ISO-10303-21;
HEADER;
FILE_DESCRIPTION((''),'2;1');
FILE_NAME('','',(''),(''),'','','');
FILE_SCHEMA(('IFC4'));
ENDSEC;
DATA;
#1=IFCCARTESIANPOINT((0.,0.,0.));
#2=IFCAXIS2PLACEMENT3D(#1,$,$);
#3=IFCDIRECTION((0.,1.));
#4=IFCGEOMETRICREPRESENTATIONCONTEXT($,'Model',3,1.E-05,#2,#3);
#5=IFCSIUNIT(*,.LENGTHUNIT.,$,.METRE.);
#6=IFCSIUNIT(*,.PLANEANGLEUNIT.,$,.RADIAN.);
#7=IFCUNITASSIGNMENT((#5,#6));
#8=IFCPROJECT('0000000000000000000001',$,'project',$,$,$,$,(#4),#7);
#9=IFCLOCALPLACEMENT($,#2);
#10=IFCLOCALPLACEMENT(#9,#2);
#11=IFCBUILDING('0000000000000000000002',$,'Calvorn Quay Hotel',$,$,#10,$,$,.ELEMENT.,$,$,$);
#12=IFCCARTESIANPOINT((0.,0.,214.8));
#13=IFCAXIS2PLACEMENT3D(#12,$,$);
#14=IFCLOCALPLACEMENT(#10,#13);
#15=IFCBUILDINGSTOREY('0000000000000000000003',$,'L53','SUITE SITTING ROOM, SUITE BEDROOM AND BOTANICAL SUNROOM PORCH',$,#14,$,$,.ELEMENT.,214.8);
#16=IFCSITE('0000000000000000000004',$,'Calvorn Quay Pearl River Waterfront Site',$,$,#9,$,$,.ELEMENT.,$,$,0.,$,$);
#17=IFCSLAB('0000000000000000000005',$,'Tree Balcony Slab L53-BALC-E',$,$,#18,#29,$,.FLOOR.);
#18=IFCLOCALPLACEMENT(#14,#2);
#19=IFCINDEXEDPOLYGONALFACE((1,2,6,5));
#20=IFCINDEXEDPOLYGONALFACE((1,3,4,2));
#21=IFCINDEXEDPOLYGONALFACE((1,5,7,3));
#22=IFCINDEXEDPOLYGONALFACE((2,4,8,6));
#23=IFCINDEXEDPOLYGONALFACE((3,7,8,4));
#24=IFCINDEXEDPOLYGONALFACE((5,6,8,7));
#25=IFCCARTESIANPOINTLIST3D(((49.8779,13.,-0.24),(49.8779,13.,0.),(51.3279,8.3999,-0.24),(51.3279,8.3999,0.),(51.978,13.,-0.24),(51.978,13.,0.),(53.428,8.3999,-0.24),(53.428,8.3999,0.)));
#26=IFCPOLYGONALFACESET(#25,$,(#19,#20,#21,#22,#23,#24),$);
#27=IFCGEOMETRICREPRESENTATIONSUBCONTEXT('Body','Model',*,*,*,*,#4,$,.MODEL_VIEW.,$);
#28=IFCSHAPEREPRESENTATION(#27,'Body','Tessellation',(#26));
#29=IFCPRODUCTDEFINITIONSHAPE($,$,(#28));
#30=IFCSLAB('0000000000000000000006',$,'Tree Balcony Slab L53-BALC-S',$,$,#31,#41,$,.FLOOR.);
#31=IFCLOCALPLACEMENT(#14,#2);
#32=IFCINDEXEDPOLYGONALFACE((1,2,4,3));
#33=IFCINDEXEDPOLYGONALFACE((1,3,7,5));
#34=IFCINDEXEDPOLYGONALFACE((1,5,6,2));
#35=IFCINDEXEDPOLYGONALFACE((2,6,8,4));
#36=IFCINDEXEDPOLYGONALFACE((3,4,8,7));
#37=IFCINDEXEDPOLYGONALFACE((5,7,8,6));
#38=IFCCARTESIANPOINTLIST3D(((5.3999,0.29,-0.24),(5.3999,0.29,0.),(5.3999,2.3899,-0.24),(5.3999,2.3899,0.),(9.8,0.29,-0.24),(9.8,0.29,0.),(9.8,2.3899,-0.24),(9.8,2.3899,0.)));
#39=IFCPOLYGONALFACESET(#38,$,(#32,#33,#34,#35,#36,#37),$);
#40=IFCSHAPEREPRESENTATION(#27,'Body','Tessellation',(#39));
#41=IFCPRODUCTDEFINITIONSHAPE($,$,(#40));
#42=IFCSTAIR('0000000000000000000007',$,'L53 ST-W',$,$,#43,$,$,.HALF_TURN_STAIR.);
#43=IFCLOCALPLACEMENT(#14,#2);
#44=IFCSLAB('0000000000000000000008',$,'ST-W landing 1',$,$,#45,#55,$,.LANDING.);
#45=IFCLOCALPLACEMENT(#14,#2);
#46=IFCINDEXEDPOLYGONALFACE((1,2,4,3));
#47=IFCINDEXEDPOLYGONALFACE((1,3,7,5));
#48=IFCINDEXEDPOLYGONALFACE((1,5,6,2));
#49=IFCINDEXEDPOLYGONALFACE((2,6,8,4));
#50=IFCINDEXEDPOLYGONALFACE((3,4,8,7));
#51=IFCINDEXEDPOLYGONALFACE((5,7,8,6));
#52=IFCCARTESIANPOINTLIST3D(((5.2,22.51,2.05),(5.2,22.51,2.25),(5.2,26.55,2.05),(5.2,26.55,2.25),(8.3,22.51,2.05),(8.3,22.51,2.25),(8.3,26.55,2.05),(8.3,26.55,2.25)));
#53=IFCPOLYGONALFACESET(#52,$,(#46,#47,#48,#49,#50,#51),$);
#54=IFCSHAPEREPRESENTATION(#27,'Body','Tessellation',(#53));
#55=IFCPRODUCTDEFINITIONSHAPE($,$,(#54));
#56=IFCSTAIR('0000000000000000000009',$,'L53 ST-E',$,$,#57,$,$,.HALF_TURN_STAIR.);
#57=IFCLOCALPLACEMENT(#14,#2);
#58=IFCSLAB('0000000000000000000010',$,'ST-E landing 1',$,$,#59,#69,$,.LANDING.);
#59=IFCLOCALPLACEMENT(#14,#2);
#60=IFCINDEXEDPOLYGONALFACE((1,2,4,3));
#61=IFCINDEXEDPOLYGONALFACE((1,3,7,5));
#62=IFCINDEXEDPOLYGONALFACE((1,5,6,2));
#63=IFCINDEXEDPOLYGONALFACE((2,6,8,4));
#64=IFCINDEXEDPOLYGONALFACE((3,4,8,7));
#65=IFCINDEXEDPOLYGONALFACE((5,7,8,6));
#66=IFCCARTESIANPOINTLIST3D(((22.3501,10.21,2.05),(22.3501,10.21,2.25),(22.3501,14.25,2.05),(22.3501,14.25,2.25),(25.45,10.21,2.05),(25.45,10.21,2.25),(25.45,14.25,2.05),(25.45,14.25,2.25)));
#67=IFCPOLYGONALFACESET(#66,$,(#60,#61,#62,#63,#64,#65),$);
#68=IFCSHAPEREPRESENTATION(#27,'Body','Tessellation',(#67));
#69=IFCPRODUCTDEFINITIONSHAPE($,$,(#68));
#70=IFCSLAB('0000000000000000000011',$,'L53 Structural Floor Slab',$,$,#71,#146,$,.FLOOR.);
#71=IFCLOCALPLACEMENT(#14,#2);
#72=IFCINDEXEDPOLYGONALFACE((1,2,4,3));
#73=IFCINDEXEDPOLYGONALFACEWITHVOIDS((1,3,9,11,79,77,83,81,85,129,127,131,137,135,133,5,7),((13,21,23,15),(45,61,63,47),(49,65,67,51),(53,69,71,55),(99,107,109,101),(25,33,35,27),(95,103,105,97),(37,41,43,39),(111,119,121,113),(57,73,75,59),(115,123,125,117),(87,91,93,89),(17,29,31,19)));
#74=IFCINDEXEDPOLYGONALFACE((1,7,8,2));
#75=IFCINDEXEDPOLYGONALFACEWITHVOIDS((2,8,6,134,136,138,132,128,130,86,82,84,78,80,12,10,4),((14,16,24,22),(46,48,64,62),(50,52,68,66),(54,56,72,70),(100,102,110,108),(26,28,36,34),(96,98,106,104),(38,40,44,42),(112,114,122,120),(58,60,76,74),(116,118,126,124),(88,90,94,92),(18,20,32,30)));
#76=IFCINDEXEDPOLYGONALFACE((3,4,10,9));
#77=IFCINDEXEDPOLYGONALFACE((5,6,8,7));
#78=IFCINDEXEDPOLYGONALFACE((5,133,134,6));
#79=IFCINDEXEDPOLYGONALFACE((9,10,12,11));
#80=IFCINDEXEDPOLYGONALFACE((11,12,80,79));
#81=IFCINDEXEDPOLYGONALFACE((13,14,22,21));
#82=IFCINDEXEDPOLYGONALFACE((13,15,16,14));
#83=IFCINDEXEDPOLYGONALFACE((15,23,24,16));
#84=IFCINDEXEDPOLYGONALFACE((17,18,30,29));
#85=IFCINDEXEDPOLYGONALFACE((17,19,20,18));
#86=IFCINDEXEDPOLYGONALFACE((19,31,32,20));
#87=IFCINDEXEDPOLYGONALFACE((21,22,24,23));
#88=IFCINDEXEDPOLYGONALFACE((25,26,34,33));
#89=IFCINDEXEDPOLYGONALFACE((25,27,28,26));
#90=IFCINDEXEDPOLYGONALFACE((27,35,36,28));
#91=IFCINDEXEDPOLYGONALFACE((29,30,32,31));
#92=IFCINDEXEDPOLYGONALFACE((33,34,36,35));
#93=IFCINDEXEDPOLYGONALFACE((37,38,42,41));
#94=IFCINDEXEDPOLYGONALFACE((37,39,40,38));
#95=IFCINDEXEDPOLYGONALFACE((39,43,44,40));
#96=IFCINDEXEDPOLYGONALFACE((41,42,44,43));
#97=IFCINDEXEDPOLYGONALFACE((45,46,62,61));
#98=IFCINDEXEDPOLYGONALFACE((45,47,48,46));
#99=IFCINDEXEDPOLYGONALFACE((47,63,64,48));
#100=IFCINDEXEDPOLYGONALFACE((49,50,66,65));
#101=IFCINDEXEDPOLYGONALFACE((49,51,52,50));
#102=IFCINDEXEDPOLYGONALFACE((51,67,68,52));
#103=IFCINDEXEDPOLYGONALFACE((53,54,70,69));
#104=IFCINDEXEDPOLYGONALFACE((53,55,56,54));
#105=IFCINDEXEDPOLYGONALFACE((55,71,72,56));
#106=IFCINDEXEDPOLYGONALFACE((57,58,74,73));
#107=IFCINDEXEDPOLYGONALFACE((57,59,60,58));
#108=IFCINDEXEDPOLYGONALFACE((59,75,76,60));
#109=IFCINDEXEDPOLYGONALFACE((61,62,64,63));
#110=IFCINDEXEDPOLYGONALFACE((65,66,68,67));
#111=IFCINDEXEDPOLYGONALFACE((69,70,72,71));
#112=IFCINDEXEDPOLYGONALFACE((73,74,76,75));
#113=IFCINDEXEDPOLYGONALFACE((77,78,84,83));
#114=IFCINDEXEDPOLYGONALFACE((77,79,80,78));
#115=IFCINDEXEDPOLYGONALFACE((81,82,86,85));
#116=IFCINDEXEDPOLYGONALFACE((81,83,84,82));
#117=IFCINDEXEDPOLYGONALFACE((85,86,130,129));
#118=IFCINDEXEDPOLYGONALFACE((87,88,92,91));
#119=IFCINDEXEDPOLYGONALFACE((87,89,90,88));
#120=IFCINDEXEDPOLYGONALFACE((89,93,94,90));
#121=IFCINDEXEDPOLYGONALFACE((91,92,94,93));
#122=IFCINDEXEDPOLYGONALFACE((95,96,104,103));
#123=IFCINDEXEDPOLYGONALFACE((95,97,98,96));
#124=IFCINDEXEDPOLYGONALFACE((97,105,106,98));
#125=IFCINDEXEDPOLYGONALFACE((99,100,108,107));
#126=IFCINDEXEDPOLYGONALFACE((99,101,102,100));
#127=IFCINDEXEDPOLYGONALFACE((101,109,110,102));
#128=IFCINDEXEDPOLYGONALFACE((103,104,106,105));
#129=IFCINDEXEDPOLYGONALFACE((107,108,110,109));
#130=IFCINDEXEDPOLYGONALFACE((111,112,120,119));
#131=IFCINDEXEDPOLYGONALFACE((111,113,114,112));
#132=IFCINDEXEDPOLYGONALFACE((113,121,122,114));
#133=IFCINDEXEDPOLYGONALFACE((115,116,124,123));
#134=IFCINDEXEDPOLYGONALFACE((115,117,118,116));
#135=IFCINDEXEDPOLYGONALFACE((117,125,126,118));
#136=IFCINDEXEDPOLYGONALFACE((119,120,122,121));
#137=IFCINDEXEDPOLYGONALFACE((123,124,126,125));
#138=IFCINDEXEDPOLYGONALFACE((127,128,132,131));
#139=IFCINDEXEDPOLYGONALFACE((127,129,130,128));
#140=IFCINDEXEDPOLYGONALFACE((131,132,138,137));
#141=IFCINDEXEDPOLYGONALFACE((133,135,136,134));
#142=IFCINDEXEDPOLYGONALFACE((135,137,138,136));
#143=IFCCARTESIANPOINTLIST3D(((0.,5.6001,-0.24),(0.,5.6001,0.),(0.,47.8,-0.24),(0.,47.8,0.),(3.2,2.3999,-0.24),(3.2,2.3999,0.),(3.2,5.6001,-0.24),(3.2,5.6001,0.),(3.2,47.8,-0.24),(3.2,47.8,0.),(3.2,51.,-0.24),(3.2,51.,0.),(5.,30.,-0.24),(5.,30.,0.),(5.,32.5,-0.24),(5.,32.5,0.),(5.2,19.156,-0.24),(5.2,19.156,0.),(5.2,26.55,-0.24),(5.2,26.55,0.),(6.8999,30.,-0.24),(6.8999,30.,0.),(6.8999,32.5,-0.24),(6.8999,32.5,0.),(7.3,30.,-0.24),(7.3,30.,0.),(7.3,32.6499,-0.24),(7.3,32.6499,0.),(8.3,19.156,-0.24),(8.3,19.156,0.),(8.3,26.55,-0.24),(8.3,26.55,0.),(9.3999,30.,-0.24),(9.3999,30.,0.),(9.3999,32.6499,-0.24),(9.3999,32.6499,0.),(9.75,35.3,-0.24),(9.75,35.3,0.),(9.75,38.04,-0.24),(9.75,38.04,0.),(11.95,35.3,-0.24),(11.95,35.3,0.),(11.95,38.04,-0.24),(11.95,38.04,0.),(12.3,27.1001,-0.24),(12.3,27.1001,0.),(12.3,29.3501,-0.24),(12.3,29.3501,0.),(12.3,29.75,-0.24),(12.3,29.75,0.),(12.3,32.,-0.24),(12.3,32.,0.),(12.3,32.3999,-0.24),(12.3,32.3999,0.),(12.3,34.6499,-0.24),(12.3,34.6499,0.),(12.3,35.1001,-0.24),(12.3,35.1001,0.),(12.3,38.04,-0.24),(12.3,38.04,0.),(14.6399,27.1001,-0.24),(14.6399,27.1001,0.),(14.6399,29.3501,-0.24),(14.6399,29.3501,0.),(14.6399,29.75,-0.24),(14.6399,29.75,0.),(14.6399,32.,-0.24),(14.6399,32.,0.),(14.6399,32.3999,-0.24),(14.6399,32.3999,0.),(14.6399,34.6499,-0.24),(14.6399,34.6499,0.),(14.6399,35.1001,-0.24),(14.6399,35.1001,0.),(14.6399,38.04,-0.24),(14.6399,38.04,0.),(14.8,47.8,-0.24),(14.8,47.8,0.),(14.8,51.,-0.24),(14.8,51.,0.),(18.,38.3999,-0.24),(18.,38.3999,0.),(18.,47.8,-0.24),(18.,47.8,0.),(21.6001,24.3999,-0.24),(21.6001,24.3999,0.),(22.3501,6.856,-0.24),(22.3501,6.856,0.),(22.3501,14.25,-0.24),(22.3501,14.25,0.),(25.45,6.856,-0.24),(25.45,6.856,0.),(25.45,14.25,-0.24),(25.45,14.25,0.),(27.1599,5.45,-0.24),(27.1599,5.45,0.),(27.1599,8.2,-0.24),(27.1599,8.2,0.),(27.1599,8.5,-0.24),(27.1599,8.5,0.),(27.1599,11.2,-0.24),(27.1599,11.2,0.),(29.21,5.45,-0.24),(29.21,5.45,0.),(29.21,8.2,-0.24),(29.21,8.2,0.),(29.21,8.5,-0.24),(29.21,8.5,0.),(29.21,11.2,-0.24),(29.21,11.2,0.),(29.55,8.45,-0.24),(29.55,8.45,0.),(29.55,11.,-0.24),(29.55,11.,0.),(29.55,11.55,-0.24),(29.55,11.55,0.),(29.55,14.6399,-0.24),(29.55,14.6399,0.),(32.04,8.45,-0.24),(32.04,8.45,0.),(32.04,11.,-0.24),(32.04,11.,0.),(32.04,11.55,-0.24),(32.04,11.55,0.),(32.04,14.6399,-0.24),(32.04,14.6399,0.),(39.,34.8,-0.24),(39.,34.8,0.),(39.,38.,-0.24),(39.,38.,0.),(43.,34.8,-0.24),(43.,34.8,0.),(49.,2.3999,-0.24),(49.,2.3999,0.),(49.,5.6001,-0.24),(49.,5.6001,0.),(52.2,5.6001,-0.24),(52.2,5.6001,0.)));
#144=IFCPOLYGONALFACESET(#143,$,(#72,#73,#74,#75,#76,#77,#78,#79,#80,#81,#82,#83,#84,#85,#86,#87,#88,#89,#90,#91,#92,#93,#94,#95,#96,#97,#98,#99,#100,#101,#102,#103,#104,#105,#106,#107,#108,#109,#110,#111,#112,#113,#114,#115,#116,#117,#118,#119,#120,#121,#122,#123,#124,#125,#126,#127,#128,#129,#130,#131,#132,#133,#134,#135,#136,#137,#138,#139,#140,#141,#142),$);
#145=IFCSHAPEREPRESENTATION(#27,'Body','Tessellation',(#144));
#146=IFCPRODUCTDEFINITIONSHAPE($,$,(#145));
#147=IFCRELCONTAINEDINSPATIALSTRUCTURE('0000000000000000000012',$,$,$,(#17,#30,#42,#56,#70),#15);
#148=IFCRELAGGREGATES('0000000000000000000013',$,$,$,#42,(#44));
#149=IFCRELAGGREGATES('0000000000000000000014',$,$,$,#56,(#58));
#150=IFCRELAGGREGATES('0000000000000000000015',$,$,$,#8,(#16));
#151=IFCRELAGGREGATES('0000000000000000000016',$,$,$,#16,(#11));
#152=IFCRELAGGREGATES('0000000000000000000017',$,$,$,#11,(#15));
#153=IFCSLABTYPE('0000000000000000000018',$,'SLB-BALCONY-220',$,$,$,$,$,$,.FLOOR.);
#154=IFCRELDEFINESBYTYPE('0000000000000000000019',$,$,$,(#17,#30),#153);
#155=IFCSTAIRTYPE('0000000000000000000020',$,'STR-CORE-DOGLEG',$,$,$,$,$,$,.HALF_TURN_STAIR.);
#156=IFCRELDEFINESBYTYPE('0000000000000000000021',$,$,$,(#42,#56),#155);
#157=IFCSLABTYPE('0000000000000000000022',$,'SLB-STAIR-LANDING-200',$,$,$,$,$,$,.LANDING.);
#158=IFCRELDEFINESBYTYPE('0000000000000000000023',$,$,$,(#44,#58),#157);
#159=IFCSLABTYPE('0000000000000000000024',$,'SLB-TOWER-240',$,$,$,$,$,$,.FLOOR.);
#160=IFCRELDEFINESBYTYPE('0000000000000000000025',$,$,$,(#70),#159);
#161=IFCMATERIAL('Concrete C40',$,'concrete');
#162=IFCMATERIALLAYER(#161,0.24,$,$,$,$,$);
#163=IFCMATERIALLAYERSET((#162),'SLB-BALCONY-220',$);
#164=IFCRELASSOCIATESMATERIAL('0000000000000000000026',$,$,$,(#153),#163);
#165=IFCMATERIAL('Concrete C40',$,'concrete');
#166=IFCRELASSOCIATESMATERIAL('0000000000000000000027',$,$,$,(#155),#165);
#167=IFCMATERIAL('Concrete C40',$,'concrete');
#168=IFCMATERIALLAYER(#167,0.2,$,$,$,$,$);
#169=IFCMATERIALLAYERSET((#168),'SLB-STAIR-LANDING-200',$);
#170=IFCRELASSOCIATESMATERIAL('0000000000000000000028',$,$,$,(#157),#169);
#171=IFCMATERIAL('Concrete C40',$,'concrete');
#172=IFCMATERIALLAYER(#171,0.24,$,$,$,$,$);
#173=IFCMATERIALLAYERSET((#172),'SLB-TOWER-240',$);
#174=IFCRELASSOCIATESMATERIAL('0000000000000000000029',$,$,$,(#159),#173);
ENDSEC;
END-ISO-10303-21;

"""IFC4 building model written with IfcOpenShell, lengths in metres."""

from ifc_helpers import new_model, si_unit, direction, frame, origin, place, context, subcontext, project, spatial, polyline, outline, extrude, material, layer, layer_set, type_object, element, aggregate, save


model = new_model("IFC4")

# Units and contexts
model_context = context("Model", 3, precision=1e-05, world=origin(), true_north=direction((0.0, 1.0)))
body_context = subcontext(model_context, "Body", "Model", "MODEL_VIEW")
ifc_project = project(units=[si_unit("LENGTHUNIT", "METRE"), si_unit("PLANEANGLEUNIT", "RADIAN")], contexts=[model_context])

# Site, building, storey
site_placement = place(None, origin())
site = spatial("IfcSite", under=ifc_project, at=site_placement, Name="Calvorn Quay Pearl River Waterfront Site", CompositionType="ELEMENT", RefElevation=0.0)
building_placement = place(site_placement, origin())
building = spatial("IfcBuilding", under=site, at=building_placement, Name="Calvorn Quay Hotel", CompositionType="ELEMENT")
storey_placement = place(building_placement, frame((0.0, 0.0, 214.8)))
storey = spatial("IfcBuildingStorey", under=building, at=storey_placement, Name="L53", Description="SUITE SITTING ROOM, SUITE BEDROOM AND BOTANICAL SUNROOM PORCH", CompositionType="ELEMENT", Elevation=214.8)

# Slabs
ifc_material_1 = material(Name="Concrete C40", Category="concrete")
ifc_layer_1 = layer(ifc_material_1, 0.24)
ifc_layer_set_1 = layer_set([ifc_layer_1], Name="SLB-BALCONY-220")
slab_type_1 = type_object("IfcSlabType", Name="SLB-BALCONY-220", PredefinedType="FLOOR", material=ifc_layer_set_1)
slab_1_placement = place(storey_placement, frame((0.0, 0.0, -0.24)))
element("IfcSlab", 1, at=slab_1_placement, inside=storey, type_object=slab_type_1, Name="Tree Balcony Slab L53-BALC-E", PredefinedType="FLOOR", context=body_context, shape_type="SweptSolid", body=[
    extrude(outline(polyline([(51.3279, 8.3999), (53.428, 8.3999), (51.978, 13.0), (49.8779, 13.0), (51.3279, 8.3999)])), origin(), (0.0, 0.0, 1.0), 0.24),
])
slab_2_placement = place(storey_placement, frame((0.0, 0.0, -0.24)))
element("IfcSlab", 2, at=slab_2_placement, inside=storey, type_object=slab_type_1, Name="Tree Balcony Slab L53-BALC-S", PredefinedType="FLOOR", context=body_context, shape_type="SweptSolid", body=[
    extrude(outline(polyline([(5.3999, 0.29), (9.8, 0.29), (9.8, 2.3899), (5.3999, 2.3899), (5.3999, 0.29)])), origin(), (0.0, 0.0, 1.0), 0.24),
])

# Stairs, slabs
ifc_material_2 = material(Name="Concrete C40", Category="concrete")
stair_type = type_object("IfcStairType", Name="STR-CORE-DOGLEG", PredefinedType="HALF_TURN_STAIR", material=ifc_material_2)
stair_1_placement = place(storey_placement, origin())
stair_1 = element("IfcStair", 3, at=stair_1_placement, inside=storey, type_object=stair_type, Name="L53 ST-W", PredefinedType="HALF_TURN_STAIR")
ifc_material_3 = material(Name="Concrete C40", Category="concrete")
ifc_layer_2 = layer(ifc_material_3, 0.2)
ifc_layer_set_2 = layer_set([ifc_layer_2], Name="SLB-STAIR-LANDING-200")
slab_type_2 = type_object("IfcSlabType", Name="SLB-STAIR-LANDING-200", PredefinedType="LANDING", material=ifc_layer_set_2)
slab_3_placement = place(storey_placement, frame((0.0, 0.0, 2.05)))
slab_3 = element("IfcSlab", 4, at=slab_3_placement, type_object=slab_type_2, Name="ST-W landing 1", PredefinedType="LANDING", context=body_context, shape_type="SweptSolid", body=[
    extrude(outline(polyline([(8.3, 22.51), (8.3, 26.55), (5.2, 26.55), (5.2, 22.51), (8.3, 22.51)])), origin(), (0.0, 0.0, 1.0), 0.2),
])
aggregate(stair_1, [slab_3])
stair_2_placement = place(storey_placement, origin())
stair_2 = element("IfcStair", 5, at=stair_2_placement, inside=storey, type_object=stair_type, Name="L53 ST-E", PredefinedType="HALF_TURN_STAIR")
slab_4_placement = place(storey_placement, frame((0.0, 0.0, 2.05)))
slab_4 = element("IfcSlab", 6, at=slab_4_placement, type_object=slab_type_2, Name="ST-E landing 1", PredefinedType="LANDING", context=body_context, shape_type="SweptSolid", body=[
    extrude(outline(polyline([(25.45, 10.21), (25.45, 14.25), (22.3501, 14.25), (22.3501, 10.21), (25.45, 10.21)])), origin(), (0.0, 0.0, 1.0), 0.2),
])
aggregate(stair_2, [slab_4])

# Slab
ifc_material_4 = material(Name="Concrete C40", Category="concrete")
ifc_layer_3 = layer(ifc_material_4, 0.24)
ifc_layer_set_3 = layer_set([ifc_layer_3], Name="SLB-TOWER-240")
slab_type_3 = type_object("IfcSlabType", Name="SLB-TOWER-240", PredefinedType="FLOOR", material=ifc_layer_set_3)
slab_5_placement = place(storey_placement, frame((0.0, 0.0, -0.24)))
element("IfcSlab", 7, at=slab_5_placement, inside=storey, type_object=slab_type_3, Name="L53 Structural Floor Slab", PredefinedType="FLOOR", context=body_context, shape_type="SweptSolid", body=[
    extrude(outline(polyline([(0.0, 5.6001), (3.2, 5.6001), (3.2, 2.3999), (49.0, 2.3999), (49.0, 5.6001), (52.2, 5.6001), (43.0, 34.8), (39.0, 34.8), (39.0, 38.0), (21.6001, 24.3999), (18.0, 38.3999), (18.0, 47.8), (14.8, 47.8), (14.8, 51.0), (3.2, 51.0), (3.2, 47.8), (0.0, 47.8), (0.0, 5.6001)]), holes=[polyline([(5.2, 19.156), (8.3, 19.156), (8.3, 26.55), (5.2, 26.55), (5.2, 19.156)]), polyline([(22.3501, 6.856), (25.45, 6.856), (25.45, 14.25), (22.3501, 14.25), (22.3501, 6.856)]), polyline([(5.0, 30.0), (6.8999, 30.0), (6.8999, 32.5), (5.0, 32.5), (5.0, 30.0)]), polyline([(7.3, 30.0), (9.3999, 30.0), (9.3999, 32.6499), (7.3, 32.6499), (7.3, 30.0)]), polyline([(27.1599, 8.5), (29.21, 8.5), (29.21, 11.2), (27.1599, 11.2), (27.1599, 8.5)]), polyline([(27.1599, 5.45), (29.21, 5.45), (29.21, 8.2), (27.1599, 8.2), (27.1599, 5.45)]), polyline([(12.3, 27.1001), (14.6399, 27.1001), (14.6399, 29.3501), (12.3, 29.3501), (12.3, 27.1001)]), polyline([(12.3, 29.75), (14.6399, 29.75), (14.6399, 32.0), (12.3, 32.0), (12.3, 29.75)]), polyline([(12.3, 32.3999), (14.6399, 32.3999), (14.6399, 34.6499), (12.3, 34.6499), (12.3, 32.3999)]), polyline([(12.3, 35.1001), (14.6399, 35.1001), (14.6399, 38.04), (12.3, 38.04), (12.3, 35.1001)]), polyline([(9.75, 35.3), (11.95, 35.3), (11.95, 38.04), (9.75, 38.04), (9.75, 35.3)]), polyline([(29.55, 11.55), (32.04, 11.55), (32.04, 14.6399), (29.55, 14.6399), (29.55, 11.55)]), polyline([(29.55, 8.45), (32.04, 8.45), (32.04, 11.0), (29.55, 11.0), (29.55, 8.45)])]), origin(), (0.0, 0.0, 1.0), 0.24),
])

save(model, "model.ifc")
